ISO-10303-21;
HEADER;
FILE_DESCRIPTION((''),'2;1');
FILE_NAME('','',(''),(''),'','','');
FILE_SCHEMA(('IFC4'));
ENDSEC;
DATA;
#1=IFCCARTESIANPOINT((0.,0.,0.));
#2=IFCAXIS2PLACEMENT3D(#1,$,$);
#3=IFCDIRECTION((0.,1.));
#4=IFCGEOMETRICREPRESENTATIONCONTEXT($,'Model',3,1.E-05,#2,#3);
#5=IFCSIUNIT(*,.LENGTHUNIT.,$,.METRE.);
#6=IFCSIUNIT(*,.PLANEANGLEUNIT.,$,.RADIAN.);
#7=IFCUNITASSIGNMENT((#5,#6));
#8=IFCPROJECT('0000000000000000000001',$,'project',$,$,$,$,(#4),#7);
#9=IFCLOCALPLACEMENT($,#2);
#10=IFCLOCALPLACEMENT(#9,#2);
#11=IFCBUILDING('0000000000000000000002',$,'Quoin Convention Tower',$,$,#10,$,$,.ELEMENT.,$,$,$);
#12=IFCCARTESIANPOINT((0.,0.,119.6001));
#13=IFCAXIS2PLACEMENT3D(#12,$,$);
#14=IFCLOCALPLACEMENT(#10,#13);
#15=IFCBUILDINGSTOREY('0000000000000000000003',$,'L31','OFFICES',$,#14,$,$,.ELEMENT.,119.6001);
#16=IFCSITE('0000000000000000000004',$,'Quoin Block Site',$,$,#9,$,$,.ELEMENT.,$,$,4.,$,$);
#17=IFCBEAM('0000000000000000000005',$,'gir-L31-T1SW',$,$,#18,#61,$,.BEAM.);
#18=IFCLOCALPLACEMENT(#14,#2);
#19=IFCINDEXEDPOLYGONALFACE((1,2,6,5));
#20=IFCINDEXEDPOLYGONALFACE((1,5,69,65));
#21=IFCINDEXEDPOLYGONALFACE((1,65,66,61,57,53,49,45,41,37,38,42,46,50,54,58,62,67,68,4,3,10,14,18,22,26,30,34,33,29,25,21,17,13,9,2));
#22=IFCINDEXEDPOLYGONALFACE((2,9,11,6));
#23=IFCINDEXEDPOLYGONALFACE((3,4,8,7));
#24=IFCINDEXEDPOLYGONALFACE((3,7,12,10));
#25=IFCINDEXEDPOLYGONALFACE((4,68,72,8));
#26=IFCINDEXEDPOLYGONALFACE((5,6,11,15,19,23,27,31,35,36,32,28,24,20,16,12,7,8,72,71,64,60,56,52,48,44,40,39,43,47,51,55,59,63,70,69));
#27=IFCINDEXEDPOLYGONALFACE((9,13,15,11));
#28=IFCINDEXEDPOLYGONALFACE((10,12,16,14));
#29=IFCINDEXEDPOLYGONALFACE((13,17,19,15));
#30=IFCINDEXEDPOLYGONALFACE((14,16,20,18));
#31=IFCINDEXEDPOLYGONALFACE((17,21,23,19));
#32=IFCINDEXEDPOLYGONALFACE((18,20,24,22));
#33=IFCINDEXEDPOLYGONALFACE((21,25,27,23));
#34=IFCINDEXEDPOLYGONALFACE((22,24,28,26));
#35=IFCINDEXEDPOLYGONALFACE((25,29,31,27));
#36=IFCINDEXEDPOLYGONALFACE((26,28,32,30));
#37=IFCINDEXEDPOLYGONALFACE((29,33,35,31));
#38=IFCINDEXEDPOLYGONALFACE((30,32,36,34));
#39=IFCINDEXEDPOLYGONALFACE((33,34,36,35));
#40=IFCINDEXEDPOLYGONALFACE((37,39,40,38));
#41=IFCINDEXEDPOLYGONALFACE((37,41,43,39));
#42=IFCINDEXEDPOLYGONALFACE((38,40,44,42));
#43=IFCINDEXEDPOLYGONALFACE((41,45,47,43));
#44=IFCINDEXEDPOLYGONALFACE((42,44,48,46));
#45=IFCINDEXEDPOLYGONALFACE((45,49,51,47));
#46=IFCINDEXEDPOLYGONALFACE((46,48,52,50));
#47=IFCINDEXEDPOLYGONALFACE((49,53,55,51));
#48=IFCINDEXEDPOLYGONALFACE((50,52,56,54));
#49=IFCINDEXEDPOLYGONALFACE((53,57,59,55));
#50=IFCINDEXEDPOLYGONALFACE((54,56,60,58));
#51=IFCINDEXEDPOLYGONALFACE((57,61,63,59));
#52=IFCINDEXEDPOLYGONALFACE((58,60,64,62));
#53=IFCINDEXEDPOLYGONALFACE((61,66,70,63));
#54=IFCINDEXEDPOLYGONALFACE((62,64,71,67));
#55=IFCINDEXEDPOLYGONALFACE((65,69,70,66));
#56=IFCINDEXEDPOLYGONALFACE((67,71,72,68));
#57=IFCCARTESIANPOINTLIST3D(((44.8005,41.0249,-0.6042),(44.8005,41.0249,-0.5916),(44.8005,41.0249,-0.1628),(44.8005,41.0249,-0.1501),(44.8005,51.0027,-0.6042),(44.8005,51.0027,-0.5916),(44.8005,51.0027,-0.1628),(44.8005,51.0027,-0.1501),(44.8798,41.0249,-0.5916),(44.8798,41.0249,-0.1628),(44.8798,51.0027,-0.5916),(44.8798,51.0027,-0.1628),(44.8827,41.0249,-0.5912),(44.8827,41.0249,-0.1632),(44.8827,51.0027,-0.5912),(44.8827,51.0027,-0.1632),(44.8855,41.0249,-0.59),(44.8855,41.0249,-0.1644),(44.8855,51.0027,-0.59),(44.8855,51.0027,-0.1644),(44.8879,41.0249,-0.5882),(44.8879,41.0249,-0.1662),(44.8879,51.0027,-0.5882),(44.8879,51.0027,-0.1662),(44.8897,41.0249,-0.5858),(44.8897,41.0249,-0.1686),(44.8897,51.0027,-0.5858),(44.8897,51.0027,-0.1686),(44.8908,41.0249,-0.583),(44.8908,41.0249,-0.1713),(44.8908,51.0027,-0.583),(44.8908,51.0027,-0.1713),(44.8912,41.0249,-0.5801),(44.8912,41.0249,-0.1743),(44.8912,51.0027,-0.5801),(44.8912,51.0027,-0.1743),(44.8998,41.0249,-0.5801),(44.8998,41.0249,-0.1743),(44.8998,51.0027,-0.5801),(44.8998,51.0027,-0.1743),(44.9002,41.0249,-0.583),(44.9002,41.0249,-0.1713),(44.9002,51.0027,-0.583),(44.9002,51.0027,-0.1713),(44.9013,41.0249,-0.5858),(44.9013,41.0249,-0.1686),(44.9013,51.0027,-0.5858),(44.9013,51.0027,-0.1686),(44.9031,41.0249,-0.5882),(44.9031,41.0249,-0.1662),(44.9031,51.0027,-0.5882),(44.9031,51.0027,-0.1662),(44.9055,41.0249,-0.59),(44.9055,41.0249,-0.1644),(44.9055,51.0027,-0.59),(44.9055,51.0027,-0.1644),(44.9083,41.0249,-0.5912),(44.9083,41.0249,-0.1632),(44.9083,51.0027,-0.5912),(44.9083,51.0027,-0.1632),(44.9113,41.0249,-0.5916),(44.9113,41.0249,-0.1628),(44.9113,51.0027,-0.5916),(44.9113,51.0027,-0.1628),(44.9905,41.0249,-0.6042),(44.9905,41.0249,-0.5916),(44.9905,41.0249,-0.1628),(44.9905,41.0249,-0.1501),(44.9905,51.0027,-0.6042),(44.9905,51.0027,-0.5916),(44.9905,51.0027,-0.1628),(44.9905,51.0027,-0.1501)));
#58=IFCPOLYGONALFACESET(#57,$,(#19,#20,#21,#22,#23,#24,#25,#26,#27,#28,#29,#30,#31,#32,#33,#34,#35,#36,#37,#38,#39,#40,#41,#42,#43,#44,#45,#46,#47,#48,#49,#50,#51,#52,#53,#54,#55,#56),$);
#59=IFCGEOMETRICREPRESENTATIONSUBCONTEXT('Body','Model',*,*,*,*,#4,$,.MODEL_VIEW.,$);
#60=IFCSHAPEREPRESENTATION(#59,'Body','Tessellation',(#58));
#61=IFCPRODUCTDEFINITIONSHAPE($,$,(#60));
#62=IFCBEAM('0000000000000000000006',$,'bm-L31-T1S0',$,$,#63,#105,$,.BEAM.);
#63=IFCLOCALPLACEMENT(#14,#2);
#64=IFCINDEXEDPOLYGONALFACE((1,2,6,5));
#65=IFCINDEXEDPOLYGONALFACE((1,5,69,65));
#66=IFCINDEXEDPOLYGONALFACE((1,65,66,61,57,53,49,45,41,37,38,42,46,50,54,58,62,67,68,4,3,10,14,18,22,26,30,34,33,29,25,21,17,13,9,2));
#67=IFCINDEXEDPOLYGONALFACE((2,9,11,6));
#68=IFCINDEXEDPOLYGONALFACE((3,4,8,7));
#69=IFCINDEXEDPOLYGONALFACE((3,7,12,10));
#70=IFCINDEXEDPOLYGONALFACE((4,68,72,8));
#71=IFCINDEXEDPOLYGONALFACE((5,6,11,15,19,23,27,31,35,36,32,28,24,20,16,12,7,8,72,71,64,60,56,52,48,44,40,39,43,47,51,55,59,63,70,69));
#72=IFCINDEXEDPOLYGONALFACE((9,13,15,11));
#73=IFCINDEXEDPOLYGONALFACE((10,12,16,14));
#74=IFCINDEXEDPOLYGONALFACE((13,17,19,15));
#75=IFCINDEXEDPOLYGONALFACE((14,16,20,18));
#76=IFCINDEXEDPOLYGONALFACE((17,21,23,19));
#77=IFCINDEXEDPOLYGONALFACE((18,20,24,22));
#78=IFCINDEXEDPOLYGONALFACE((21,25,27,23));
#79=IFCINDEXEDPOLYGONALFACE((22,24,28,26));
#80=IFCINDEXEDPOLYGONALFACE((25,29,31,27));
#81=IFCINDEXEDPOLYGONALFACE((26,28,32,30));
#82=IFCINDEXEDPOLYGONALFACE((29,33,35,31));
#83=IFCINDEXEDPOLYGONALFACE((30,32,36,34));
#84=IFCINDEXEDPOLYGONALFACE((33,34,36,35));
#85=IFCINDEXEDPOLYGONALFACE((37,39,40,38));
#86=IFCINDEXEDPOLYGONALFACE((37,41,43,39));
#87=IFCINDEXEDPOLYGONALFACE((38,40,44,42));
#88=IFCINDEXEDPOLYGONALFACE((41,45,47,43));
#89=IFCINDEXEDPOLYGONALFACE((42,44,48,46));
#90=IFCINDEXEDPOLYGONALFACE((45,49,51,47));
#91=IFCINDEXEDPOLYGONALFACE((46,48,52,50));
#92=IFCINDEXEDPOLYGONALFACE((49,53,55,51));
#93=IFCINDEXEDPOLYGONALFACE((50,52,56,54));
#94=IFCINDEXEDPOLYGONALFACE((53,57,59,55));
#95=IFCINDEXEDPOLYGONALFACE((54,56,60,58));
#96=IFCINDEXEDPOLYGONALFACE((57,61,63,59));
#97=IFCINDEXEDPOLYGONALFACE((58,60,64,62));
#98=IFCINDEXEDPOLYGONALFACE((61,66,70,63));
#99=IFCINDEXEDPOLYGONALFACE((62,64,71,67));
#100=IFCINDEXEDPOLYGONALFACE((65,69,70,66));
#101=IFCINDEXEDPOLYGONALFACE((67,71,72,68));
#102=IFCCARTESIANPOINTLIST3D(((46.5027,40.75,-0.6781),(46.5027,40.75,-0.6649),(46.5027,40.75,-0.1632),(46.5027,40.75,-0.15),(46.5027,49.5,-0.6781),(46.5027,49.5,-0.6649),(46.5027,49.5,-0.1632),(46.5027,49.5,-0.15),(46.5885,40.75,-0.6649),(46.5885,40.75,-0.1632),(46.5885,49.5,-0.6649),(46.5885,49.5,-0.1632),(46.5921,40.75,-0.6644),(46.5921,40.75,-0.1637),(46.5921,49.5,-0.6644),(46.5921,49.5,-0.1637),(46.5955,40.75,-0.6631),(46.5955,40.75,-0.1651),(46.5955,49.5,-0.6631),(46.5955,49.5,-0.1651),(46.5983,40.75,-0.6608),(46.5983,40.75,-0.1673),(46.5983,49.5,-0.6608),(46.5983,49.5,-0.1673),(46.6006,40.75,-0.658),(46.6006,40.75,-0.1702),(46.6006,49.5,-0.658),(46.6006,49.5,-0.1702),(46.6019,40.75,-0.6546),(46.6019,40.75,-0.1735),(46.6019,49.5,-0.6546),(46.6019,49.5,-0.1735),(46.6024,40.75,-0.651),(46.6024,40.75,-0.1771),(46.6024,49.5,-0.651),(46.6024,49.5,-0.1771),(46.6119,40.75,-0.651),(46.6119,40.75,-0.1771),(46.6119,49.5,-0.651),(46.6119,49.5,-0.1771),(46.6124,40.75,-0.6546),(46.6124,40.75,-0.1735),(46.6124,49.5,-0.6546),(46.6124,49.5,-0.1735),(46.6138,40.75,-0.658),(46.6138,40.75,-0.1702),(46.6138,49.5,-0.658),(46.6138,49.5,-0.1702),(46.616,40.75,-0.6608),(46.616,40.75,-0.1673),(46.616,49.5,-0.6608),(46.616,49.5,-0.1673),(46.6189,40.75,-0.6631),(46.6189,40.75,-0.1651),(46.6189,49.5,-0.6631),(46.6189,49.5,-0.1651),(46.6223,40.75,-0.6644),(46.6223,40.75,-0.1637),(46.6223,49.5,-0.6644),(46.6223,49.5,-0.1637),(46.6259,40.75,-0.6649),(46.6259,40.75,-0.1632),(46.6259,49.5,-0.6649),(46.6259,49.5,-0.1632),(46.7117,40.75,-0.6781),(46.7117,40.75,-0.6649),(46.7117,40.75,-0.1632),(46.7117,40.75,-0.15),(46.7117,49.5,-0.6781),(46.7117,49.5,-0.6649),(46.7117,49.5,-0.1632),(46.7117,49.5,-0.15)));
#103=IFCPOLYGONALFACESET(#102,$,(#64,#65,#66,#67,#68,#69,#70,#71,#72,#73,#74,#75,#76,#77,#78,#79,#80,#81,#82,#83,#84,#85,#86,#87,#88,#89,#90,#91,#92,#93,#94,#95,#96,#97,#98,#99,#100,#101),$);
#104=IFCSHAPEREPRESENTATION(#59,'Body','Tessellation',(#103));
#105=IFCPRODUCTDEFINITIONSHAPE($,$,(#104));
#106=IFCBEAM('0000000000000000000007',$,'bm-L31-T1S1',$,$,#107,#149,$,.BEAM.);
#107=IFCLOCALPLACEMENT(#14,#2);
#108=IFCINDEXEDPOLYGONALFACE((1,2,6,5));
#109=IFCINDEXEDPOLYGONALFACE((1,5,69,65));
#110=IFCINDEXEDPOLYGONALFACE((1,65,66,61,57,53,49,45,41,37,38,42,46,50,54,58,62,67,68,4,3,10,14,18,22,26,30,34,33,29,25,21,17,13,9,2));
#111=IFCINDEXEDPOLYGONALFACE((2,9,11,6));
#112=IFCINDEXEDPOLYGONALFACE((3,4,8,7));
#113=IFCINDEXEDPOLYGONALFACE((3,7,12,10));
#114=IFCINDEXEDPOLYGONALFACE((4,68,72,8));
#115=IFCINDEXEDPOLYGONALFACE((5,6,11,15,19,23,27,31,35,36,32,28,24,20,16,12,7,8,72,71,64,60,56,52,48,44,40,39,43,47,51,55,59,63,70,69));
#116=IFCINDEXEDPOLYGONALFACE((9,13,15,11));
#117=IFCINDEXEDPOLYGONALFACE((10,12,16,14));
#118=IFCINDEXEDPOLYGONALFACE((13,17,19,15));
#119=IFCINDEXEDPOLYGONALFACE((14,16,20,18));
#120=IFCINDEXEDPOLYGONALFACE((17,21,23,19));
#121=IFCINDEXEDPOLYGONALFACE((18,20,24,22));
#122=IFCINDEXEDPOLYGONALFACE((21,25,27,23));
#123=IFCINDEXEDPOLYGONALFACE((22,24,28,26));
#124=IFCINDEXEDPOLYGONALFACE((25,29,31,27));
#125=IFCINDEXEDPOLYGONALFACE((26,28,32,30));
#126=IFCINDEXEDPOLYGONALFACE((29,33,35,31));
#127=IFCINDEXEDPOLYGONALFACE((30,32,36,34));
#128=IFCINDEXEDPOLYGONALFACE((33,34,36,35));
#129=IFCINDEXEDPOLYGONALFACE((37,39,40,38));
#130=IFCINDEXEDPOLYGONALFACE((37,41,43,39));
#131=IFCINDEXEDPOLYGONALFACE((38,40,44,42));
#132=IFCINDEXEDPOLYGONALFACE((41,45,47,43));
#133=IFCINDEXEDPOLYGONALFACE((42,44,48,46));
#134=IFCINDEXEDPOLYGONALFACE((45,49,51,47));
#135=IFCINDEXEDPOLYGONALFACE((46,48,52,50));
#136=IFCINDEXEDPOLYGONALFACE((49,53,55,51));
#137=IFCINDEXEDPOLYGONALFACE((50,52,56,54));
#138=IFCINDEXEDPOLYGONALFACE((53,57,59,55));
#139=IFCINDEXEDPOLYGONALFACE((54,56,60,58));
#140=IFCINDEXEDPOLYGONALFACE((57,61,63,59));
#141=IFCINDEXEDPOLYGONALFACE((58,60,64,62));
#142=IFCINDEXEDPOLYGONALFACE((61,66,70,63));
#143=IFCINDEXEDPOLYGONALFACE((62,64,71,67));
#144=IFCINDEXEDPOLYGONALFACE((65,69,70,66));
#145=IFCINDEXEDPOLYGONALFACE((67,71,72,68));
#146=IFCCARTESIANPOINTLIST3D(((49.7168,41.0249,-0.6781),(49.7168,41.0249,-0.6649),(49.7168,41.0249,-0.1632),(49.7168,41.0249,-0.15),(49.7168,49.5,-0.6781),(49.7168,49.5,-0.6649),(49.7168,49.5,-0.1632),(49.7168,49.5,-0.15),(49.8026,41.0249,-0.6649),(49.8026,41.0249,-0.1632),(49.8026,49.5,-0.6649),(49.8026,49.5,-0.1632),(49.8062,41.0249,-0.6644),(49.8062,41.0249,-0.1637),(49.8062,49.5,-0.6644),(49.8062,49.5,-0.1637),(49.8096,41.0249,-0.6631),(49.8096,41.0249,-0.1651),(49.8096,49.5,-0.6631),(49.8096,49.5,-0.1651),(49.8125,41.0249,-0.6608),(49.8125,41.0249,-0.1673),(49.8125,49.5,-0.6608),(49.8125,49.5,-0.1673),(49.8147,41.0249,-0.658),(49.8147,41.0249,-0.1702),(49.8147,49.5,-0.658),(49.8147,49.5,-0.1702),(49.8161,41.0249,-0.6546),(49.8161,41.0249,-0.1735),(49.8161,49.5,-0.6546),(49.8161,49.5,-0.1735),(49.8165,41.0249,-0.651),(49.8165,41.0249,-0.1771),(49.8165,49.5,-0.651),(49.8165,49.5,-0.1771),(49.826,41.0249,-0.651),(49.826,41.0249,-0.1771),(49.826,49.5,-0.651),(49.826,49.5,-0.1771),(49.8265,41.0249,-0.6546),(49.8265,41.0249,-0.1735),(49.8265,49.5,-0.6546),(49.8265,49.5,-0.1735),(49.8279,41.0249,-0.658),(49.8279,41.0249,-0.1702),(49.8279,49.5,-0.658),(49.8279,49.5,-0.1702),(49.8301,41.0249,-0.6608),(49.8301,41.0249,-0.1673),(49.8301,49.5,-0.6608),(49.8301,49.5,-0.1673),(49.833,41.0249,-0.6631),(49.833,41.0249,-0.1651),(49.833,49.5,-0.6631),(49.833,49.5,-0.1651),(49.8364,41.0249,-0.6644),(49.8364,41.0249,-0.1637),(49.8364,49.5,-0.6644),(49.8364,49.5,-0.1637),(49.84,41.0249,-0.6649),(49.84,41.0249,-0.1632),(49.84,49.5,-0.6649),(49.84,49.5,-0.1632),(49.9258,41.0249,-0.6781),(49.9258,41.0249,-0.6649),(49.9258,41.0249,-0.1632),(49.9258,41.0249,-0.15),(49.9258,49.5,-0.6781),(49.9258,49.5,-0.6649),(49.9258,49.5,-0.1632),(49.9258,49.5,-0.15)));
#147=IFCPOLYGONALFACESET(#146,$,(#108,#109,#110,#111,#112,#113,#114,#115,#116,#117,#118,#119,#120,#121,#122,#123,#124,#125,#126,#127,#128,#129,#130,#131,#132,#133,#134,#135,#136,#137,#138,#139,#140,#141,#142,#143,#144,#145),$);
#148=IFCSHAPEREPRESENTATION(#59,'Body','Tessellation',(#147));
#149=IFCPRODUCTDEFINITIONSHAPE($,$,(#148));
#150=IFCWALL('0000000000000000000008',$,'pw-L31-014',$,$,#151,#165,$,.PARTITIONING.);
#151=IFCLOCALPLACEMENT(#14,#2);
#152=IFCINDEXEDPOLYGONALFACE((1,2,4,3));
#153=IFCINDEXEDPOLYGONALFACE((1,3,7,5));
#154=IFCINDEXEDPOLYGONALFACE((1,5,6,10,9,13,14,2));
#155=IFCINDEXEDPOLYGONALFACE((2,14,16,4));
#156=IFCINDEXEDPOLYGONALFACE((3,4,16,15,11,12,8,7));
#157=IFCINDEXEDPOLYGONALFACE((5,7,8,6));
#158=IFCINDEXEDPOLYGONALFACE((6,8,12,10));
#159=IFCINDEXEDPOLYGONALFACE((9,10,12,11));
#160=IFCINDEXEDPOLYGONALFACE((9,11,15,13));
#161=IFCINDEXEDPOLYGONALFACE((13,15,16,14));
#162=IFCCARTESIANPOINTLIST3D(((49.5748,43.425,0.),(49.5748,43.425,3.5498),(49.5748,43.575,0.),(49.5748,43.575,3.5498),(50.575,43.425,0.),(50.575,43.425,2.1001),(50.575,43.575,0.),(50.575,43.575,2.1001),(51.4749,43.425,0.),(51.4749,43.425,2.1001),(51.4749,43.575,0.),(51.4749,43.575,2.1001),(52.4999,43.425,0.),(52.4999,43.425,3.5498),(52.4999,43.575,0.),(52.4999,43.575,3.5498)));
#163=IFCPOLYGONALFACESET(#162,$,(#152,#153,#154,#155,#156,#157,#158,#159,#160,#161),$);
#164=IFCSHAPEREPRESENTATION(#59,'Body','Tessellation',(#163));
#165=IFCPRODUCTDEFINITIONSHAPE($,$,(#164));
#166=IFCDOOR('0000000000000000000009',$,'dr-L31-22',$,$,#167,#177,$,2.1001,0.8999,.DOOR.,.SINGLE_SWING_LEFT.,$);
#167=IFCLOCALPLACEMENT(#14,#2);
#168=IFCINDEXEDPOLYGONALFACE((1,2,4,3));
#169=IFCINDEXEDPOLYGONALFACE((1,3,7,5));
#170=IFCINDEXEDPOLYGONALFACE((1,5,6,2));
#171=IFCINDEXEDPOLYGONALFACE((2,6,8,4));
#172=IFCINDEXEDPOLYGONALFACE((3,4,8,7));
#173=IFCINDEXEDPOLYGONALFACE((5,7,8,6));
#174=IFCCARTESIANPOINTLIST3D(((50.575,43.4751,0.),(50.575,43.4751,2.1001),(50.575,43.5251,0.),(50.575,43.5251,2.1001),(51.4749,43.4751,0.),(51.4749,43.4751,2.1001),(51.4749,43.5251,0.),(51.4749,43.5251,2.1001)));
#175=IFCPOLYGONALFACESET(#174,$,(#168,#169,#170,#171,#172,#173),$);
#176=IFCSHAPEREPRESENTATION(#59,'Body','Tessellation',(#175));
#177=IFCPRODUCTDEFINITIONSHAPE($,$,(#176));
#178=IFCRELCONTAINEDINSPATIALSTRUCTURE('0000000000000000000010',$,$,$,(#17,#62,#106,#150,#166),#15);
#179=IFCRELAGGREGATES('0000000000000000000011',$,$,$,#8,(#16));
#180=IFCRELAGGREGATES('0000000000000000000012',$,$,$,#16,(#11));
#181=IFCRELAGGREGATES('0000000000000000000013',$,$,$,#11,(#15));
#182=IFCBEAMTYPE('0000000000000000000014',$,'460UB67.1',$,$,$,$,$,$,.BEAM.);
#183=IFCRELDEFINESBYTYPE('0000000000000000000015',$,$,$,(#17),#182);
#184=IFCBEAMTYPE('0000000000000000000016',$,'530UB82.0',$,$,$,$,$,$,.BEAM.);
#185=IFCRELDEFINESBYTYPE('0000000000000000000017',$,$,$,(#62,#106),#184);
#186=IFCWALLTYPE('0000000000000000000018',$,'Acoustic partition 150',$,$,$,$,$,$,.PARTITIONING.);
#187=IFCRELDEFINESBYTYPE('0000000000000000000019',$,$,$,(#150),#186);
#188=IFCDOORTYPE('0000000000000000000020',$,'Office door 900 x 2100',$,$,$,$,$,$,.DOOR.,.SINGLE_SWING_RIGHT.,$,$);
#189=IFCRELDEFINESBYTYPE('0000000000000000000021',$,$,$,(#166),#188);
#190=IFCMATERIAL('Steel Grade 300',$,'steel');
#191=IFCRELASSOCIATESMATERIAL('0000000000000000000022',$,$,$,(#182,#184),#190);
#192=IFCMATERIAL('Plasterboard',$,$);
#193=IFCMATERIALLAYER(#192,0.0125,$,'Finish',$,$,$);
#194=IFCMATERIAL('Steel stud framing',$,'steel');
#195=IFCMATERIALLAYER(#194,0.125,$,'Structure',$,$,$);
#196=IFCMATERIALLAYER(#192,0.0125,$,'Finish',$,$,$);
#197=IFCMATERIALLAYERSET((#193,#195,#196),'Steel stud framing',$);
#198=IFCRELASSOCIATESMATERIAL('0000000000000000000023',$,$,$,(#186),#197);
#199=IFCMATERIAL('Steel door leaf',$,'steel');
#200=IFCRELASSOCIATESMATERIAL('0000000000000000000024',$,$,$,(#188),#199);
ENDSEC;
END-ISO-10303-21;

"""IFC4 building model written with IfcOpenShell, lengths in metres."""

from ifc_helpers import new_model, si_unit, direction, frame, frame_2d, origin, origin_2d, place, context, subcontext, project, spatial, rectangle, i_section, extrude, material, layer, layer_set, material_profile, profile_set, type_object, element, fill, save


model = new_model("IFC4")

# Units and contexts
model_context = context("Model", 3, precision=1e-05, world=origin(), true_north=direction((0.0, 1.0)))
body_context = subcontext(model_context, "Body", "Model", "MODEL_VIEW")
ifc_project = project(units=[si_unit("LENGTHUNIT", "METRE"), si_unit("PLANEANGLEUNIT", "RADIAN")], contexts=[model_context])

# Site, building, storey
site_placement = place(None, origin())
site = spatial("IfcSite", under=ifc_project, at=site_placement, Name="Quoin Block Site", CompositionType="ELEMENT", RefElevation=4.0)
building_placement = place(site_placement, origin())
building = spatial("IfcBuilding", under=site, at=building_placement, Name="Quoin Convention Tower", CompositionType="ELEMENT")
storey_placement = place(building_placement, frame((0.0, 0.0, 119.6001)))
storey = spatial("IfcBuildingStorey", under=building, at=storey_placement, Name="L31", Description="OFFICES", CompositionType="ELEMENT", Elevation=119.6001)

# Beams
ifc_material_1 = material(Name="Steel Grade 300", Category="steel")
ifc_material_profile_1 = material_profile(ifc_material_1, i_section(OverallWidth=0.1899, OverallDepth=0.4541, WebThickness=0.0085, FlangeThickness=0.0127, FilletRadius=0.0115, at=origin_2d()), Name="460UB67.1")
ifc_profile_set_1 = profile_set([ifc_material_profile_1], Name="Steel Grade 300")
beam_type_1 = type_object("IfcBeamType", Name="460UB67.1", PredefinedType="BEAM", material=ifc_profile_set_1)
beam_1_placement = place(storey_placement, frame((44.8955, 41.0249, -0.3772), z_axis=(0.0, 1.0, 0.0), x_axis=(-1.0, 0.0, 0.0)))
element("IfcBeam", 1, at=beam_1_placement, inside=storey, type_object=beam_type_1, Name="gir-L31-T1SW", PredefinedType="BEAM", context=body_context, shape_type="SweptSolid", body=[
    extrude(i_section(OverallWidth=0.1899, OverallDepth=0.4541, WebThickness=0.0085, FlangeThickness=0.0127, FilletRadius=0.0115, at=origin_2d()), origin(), (0.0, 0.0, 1.0), 9.9778),
])
ifc_material_profile_2 = material_profile(ifc_material_1, i_section(OverallWidth=0.209, OverallDepth=0.5281, WebThickness=0.0095, FlangeThickness=0.0132, FilletRadius=0.0139, at=origin_2d()), Name="530UB82.0")
ifc_profile_set_2 = profile_set([ifc_material_profile_2], Name="Steel Grade 300")
beam_type_2 = type_object("IfcBeamType", Name="530UB82.0", PredefinedType="BEAM", material=ifc_profile_set_2)
beam_2_placement = place(storey_placement, frame((46.6072, 40.75, -0.4141), z_axis=(0.0, 1.0, 0.0), x_axis=(-1.0, 0.0, 0.0)))
element("IfcBeam", 2, at=beam_2_placement, inside=storey, type_object=beam_type_2, Name="bm-L31-T1S0", PredefinedType="BEAM", context=body_context, shape_type="SweptSolid", body=[
    extrude(i_section(OverallWidth=0.209, OverallDepth=0.5281, WebThickness=0.0095, FlangeThickness=0.0132, FilletRadius=0.0139, at=origin_2d()), origin(), (0.0, 0.0, 1.0), 8.75),
])
beam_3_placement = place(storey_placement, frame((49.8213, 41.0249, -0.4141), z_axis=(0.0, 1.0, 0.0), x_axis=(-1.0, 0.0, 0.0)))
element("IfcBeam", 3, at=beam_3_placement, inside=storey, type_object=beam_type_2, Name="bm-L31-T1S1", PredefinedType="BEAM", context=body_context, shape_type="SweptSolid", body=[
    extrude(i_section(OverallWidth=0.209, OverallDepth=0.5281, WebThickness=0.0095, FlangeThickness=0.0132, FilletRadius=0.0139, at=origin_2d()), origin(), (0.0, 0.0, 1.0), 8.4751),
])

# Wall, opening, door
ifc_material_2 = material(Name="Plasterboard")
ifc_layer_1 = layer(ifc_material_2, 0.0125, Name="Finish")
ifc_material_3 = material(Name="Steel stud framing", Category="steel")
ifc_layer_2 = layer(ifc_material_3, 0.125, Name="Structure")
ifc_layer_3 = layer(ifc_material_2, 0.0125, Name="Finish")
ifc_layer_set_1 = layer_set([ifc_layer_1, ifc_layer_2, ifc_layer_3], Name="Steel stud framing")
wall_type_1 = type_object("IfcWallType", Name="Acoustic partition 150", PredefinedType="PARTITIONING", material=ifc_layer_set_1)
wall_1_placement = place(storey_placement, frame((49.575, 43.5, 0.0), z_axis=(0.0, 0.0, 1.0), x_axis=(1.0, 0.0, 0.0)))
wall_1 = element("IfcWall", 4, at=wall_1_placement, inside=storey, type_object=wall_type_1, Name="pw-L31-014", PredefinedType="PARTITIONING", context=body_context, shape_type="SweptSolid", body=[
    extrude(rectangle(XDim=2.925, YDim=0.1499, at=frame_2d((1.4624, 0.0))), origin(), (0.0, 0.0, 1.0), 3.5498),
])
opening_1_placement = place(wall_1_placement, frame((1.0, 0.0, 0.0)))
opening_1 = element("IfcOpeningElement", 5, at=opening_1_placement, cuts=wall_1, PredefinedType="OPENING", context=body_context, shape_type="SweptSolid", body=[
    extrude(rectangle(XDim=0.8999, YDim=2.1001, at=frame_2d((0.45, 1.05))), frame((0.0, 0.085, 0.0), z_axis=(0.0, -1.0, 0.0), x_axis=(1.0, 0.0, 0.0)), (0.0, 0.0, 1.0), 0.1699),
])
ifc_material_4 = material(Name="Steel door leaf", Category="steel")
door_type_1 = type_object("IfcDoorType", Name="Office door 900 x 2100", OperationType="SINGLE_SWING_RIGHT", PredefinedType="DOOR", material=ifc_material_4)
door_1_placement = place(opening_1_placement, frame((0.8999, 0.0, 0.0), z_axis=(0.0, 0.0, 1.0), x_axis=(-1.0, 0.0, 0.0)))
door_1 = element("IfcDoor", 6, at=door_1_placement, inside=storey, type_object=door_type_1, Name="dr-L31-22", OperationType="SINGLE_SWING_LEFT", OverallHeight=2.1001, OverallWidth=0.8999, PredefinedType="DOOR", context=body_context, shape_type="SweptSolid", body=[
    extrude(rectangle(XDim=0.8999, YDim=2.1001, at=frame_2d((0.45, 1.05))), frame((0.0, 0.0249, 0.0), z_axis=(0.0, -1.0, 0.0), x_axis=(1.0, 0.0, 0.0)), (0.0, 0.0, 1.0), 0.05),
])
fill(opening_1, door_1)

save(model, "model.ifc")
